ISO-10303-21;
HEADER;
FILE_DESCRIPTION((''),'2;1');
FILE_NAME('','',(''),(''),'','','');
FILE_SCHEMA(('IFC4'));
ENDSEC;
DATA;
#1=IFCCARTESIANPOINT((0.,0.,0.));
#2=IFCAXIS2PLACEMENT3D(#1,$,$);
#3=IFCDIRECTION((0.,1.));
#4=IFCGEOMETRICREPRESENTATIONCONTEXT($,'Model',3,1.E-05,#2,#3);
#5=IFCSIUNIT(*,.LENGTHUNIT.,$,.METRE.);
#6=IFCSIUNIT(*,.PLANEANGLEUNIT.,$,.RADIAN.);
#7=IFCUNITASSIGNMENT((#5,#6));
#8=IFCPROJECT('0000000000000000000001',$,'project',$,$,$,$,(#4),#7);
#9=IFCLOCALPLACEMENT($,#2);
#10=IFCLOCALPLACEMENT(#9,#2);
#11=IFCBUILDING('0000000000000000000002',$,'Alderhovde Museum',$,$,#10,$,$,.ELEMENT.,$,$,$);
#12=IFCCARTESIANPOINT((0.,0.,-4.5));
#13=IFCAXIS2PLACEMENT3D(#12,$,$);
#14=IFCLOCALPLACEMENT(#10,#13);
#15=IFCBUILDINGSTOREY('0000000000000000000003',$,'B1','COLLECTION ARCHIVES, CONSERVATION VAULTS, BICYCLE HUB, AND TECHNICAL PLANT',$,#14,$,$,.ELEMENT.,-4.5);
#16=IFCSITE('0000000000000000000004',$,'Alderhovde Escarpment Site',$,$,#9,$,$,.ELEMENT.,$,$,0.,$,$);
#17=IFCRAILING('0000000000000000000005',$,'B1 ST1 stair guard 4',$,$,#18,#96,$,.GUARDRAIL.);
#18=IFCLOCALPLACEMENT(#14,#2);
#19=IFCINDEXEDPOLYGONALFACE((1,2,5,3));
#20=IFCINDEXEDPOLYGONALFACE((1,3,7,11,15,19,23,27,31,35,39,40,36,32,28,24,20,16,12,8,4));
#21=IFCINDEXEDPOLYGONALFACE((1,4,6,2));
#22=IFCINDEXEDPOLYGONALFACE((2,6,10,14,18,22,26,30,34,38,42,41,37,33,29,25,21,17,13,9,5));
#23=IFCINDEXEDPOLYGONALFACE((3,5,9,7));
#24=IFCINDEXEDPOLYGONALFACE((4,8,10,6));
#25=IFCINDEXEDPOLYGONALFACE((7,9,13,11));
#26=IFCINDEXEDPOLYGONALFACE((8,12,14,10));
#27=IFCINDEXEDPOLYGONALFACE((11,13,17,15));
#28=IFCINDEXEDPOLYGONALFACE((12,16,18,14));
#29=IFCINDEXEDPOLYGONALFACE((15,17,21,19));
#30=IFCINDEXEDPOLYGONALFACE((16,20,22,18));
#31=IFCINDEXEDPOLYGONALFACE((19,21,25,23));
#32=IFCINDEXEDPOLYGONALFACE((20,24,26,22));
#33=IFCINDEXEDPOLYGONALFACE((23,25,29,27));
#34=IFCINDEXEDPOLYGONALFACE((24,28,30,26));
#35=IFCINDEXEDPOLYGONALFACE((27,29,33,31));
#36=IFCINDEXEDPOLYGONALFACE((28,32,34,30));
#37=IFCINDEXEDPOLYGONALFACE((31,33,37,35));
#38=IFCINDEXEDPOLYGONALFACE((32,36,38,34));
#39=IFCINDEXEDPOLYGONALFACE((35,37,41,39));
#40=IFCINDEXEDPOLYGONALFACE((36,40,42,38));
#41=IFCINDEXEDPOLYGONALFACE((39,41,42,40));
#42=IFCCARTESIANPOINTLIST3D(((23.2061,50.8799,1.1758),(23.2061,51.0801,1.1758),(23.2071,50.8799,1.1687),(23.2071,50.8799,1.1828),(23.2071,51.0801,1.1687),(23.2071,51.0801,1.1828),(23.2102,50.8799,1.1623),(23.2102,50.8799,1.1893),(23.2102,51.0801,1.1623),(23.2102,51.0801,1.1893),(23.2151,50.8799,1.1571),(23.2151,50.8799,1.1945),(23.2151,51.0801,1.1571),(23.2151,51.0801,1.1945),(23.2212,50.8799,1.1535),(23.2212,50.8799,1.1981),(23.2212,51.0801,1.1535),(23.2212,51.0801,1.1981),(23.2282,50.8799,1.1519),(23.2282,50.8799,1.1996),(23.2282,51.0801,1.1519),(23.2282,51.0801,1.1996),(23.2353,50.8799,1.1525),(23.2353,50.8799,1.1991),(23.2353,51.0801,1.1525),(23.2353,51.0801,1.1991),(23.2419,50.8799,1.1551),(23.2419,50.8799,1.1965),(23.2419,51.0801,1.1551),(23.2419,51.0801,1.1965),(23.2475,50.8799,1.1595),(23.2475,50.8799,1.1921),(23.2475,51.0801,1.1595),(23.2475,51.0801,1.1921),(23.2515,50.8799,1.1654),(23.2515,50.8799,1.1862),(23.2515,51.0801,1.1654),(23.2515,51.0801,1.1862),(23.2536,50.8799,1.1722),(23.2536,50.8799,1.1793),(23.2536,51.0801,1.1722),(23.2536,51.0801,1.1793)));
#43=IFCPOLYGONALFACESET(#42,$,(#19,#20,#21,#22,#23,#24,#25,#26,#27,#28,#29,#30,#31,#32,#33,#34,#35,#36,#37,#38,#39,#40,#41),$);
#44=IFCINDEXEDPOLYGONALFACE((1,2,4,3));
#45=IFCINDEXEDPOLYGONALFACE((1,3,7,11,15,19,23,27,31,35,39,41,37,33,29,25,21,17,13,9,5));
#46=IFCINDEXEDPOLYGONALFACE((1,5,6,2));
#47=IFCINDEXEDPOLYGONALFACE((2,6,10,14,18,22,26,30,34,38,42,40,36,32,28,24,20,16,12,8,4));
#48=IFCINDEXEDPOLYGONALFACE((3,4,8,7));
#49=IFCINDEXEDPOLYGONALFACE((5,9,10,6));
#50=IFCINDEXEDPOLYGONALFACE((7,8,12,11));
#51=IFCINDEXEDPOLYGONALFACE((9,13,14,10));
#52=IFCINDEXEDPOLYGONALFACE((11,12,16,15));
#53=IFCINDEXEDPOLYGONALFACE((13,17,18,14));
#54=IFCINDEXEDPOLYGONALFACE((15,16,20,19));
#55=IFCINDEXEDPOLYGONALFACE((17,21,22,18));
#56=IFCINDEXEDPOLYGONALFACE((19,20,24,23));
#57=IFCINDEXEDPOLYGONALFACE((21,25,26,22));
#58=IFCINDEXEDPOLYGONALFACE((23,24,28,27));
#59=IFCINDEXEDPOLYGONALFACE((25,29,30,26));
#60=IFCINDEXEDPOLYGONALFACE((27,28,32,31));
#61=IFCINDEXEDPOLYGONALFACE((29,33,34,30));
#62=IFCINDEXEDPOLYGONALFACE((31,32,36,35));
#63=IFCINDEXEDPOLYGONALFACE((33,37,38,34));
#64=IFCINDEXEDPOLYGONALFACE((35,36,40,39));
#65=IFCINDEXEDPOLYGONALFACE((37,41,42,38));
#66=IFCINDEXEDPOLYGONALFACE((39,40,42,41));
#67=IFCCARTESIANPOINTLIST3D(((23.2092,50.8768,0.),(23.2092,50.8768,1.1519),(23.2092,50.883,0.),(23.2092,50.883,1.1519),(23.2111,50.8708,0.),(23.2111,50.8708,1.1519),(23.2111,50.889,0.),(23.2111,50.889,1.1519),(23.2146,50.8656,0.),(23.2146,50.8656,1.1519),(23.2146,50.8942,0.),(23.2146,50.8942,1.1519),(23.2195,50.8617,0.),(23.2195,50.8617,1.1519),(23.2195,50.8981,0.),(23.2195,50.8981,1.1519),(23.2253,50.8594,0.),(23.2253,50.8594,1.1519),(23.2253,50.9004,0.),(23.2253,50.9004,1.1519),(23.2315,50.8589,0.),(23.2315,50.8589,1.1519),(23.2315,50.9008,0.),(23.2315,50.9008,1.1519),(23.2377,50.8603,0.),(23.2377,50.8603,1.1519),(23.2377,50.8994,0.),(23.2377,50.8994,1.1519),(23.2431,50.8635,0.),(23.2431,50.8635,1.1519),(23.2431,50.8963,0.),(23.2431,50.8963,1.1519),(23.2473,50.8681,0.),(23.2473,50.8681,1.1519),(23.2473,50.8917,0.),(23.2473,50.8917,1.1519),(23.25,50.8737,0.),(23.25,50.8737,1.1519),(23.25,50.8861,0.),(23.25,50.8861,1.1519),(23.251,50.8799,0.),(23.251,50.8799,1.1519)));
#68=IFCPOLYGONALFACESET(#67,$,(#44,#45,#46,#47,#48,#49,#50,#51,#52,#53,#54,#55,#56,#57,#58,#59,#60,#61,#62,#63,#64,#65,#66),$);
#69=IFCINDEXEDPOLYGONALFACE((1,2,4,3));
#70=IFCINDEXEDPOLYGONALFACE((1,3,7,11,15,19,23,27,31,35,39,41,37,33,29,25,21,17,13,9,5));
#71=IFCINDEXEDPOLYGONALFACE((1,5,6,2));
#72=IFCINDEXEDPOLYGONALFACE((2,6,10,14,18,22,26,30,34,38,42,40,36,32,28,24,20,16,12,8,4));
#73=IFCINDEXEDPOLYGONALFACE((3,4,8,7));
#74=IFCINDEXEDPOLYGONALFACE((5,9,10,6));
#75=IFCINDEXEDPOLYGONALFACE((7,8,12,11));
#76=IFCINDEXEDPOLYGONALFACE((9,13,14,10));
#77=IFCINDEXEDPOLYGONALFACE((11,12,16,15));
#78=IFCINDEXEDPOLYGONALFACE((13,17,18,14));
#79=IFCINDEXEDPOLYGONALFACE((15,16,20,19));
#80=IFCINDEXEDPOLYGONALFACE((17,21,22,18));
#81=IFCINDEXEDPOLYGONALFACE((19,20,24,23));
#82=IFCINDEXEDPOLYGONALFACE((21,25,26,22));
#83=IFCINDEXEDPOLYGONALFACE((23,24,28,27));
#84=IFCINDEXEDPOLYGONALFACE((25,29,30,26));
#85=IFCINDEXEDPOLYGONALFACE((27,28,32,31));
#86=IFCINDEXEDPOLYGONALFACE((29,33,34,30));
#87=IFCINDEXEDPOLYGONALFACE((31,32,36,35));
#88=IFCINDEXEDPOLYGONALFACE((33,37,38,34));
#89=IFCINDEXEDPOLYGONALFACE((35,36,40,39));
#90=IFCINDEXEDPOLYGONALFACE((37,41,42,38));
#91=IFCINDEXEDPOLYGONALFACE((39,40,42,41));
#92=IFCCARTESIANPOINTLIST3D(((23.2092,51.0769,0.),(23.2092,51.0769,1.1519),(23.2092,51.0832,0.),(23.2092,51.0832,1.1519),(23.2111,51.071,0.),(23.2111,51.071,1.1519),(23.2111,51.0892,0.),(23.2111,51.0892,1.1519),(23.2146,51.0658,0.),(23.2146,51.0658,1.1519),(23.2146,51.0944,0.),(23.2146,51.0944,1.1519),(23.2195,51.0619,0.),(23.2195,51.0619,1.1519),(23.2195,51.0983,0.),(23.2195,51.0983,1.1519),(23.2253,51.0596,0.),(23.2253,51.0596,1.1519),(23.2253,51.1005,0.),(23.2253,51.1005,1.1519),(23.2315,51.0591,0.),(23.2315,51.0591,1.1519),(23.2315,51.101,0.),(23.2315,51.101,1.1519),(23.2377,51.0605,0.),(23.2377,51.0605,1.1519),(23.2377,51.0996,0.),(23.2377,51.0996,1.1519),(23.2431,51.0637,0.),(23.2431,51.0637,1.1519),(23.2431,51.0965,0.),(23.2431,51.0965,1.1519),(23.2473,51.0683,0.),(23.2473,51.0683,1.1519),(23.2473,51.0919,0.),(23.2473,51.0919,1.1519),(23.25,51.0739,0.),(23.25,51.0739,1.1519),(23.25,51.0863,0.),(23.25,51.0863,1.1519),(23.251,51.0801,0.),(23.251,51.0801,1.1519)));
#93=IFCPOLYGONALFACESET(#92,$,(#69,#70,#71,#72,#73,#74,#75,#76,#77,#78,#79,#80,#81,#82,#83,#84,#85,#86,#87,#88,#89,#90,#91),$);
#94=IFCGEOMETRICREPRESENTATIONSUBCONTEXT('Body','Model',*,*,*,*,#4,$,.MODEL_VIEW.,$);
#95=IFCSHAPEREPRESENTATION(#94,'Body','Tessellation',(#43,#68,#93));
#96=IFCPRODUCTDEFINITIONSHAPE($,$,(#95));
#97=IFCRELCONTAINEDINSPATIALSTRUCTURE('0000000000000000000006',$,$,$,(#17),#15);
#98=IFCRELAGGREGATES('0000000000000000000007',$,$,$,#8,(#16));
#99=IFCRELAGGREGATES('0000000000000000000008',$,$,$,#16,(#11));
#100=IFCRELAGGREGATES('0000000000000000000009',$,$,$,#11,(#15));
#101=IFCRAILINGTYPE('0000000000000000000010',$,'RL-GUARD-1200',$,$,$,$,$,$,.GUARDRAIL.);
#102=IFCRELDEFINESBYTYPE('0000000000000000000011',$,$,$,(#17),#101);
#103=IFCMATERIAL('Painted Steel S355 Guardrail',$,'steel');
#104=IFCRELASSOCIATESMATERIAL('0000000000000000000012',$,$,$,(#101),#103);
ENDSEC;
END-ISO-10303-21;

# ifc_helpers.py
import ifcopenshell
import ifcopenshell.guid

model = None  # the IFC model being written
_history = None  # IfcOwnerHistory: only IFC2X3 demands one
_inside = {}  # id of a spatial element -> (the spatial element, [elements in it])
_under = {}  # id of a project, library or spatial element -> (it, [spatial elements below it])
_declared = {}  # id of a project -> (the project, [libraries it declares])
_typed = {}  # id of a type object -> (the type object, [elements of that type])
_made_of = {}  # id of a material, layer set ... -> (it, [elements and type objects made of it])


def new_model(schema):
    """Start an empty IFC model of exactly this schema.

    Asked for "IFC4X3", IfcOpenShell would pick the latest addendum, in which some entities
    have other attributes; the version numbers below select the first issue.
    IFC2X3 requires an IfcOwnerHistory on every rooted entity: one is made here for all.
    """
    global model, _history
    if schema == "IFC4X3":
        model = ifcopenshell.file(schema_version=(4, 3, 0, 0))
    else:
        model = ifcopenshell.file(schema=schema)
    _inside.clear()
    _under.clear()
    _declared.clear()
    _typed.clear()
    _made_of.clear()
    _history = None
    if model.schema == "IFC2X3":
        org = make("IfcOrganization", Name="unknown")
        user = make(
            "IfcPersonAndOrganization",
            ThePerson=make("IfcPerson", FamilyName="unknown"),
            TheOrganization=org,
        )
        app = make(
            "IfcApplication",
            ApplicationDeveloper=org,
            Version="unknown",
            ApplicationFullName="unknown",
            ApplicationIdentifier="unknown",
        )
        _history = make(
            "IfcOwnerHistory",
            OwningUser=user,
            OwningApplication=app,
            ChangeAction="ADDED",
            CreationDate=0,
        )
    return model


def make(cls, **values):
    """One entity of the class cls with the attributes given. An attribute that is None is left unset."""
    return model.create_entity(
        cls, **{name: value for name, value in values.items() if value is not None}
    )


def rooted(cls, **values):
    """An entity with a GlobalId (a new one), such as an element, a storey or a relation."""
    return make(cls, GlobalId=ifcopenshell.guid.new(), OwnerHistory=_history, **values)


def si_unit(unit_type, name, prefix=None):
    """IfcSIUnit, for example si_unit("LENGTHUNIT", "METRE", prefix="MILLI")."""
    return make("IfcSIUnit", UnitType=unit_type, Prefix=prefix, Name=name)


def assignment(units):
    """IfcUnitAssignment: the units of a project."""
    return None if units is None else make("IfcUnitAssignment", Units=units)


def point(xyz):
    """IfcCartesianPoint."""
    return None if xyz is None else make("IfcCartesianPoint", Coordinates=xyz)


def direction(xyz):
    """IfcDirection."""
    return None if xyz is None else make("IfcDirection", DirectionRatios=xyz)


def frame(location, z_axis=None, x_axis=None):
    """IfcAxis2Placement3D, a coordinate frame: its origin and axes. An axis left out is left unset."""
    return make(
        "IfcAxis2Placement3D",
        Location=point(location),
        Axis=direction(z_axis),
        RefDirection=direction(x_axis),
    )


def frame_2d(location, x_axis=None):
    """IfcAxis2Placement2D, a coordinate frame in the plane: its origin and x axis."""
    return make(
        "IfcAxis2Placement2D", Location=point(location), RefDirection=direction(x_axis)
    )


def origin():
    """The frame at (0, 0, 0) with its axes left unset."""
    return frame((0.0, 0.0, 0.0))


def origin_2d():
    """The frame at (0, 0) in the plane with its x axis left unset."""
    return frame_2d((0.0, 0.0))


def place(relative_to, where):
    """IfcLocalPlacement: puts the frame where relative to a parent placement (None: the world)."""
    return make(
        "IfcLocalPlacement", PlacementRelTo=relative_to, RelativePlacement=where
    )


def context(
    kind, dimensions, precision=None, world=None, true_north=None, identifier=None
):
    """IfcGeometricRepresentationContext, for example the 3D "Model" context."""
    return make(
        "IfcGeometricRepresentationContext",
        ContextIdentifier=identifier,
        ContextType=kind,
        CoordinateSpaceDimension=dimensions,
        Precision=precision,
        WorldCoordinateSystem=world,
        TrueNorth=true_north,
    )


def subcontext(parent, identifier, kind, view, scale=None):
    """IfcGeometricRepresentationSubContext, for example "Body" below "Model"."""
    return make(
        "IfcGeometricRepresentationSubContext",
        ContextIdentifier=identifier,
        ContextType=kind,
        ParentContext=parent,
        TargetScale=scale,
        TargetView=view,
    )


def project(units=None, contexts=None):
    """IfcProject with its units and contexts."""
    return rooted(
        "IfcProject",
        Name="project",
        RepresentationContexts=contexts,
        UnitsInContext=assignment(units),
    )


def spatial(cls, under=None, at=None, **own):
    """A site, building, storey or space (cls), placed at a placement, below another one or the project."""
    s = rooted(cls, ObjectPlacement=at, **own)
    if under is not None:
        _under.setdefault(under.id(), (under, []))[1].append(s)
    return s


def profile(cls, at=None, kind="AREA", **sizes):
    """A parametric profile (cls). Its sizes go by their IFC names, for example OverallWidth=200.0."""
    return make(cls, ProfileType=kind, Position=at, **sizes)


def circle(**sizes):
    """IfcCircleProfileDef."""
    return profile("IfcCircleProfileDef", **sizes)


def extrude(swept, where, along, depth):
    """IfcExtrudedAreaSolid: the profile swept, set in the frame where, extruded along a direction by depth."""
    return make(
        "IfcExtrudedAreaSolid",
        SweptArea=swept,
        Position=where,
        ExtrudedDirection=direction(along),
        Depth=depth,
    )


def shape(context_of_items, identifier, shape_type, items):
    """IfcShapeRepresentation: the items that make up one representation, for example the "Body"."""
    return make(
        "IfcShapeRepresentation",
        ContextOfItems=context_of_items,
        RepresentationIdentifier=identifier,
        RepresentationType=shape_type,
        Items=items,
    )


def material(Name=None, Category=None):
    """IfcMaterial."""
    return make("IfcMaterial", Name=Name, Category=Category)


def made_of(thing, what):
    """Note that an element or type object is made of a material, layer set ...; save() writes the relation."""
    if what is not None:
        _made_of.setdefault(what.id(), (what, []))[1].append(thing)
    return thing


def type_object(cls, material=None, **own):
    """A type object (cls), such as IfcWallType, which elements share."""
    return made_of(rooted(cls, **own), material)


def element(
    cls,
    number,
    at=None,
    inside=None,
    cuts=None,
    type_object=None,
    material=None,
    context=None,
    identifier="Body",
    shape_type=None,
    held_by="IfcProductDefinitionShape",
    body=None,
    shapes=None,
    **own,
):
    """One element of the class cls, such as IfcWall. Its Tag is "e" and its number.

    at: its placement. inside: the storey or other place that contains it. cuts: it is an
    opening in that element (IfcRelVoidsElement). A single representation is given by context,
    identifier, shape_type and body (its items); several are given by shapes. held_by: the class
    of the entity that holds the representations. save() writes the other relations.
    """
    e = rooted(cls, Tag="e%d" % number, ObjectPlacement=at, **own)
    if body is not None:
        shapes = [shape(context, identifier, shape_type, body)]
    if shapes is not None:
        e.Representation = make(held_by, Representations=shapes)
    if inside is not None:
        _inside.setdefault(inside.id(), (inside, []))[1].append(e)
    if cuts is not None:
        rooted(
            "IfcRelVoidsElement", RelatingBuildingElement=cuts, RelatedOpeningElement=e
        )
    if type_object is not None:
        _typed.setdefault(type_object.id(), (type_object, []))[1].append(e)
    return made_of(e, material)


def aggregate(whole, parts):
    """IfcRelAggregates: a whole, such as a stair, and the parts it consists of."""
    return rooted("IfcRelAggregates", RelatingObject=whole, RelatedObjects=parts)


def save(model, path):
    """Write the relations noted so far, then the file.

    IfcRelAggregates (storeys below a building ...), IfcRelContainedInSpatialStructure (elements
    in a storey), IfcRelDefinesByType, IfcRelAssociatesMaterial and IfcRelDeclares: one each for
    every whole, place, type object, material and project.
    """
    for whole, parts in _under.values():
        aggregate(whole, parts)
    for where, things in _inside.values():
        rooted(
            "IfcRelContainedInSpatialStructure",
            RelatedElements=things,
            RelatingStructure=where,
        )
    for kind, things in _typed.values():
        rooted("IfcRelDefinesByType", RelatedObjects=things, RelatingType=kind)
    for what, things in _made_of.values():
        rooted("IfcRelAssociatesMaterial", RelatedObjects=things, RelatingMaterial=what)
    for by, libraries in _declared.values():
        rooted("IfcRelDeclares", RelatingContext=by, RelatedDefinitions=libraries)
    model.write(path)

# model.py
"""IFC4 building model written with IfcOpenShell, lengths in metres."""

from ifc_helpers import new_model, si_unit, direction, frame, origin, origin_2d, place, context, subcontext, project, spatial, circle, extrude, material, type_object, element, save


model = new_model("IFC4")

# Units and contexts
model_context = context("Model", 3, precision=1e-05, world=origin(), true_north=direction((0.0, 1.0)))
body_context = subcontext(model_context, "Body", "Model", "MODEL_VIEW")
ifc_project = project(units=[si_unit("LENGTHUNIT", "METRE"), si_unit("PLANEANGLEUNIT", "RADIAN")], contexts=[model_context])

# Site, building, storey
site_placement = place(None, origin())
site = spatial("IfcSite", under=ifc_project, at=site_placement, Name="Alderhovde Escarpment Site", CompositionType="ELEMENT", RefElevation=0.0)
building_placement = place(site_placement, origin())
building = spatial("IfcBuilding", under=site, at=building_placement, Name="Alderhovde Museum", CompositionType="ELEMENT")
storey_placement = place(building_placement, frame((0.0, 0.0, -4.5)))
storey = spatial("IfcBuildingStorey", under=building, at=storey_placement, Name="B1", Description="COLLECTION ARCHIVES, CONSERVATION VAULTS, BICYCLE HUB, AND TECHNICAL PLANT", CompositionType="ELEMENT", Elevation=-4.5)

# Railing
ifc_material_1 = material(Name="Painted Steel S355 Guardrail", Category="steel")
railing_type_1 = type_object("IfcRailingType", Name="RL-GUARD-1200", PredefinedType="GUARDRAIL", material=ifc_material_1)
railing_1_placement = place(storey_placement, frame((23.23, 50.8799, 0.0)))
element("IfcRailing", 1, at=railing_1_placement, inside=storey, type_object=railing_type_1, Name="B1 ST1 stair guard 4", PredefinedType="GUARDRAIL", context=body_context, shape_type="SweptSolid", body=[
    extrude(circle(Radius=0.0239, at=origin_2d()), frame((0.0, 0.0, 1.1758), z_axis=(0.0, 1.0, 0.0), x_axis=(-1.0, 0.0, 0.0)), (0.0, 0.0, 1.0), 0.2002),
    extrude(circle(Radius=0.021, at=origin_2d()), origin(), (0.0, 0.0, 1.0), 1.1519),
    extrude(circle(Radius=0.021, at=origin_2d()), frame((0.0, 0.2002, 0.0)), (0.0, 0.0, 1.0), 1.1519),
])

save(model, "model.ifc")
